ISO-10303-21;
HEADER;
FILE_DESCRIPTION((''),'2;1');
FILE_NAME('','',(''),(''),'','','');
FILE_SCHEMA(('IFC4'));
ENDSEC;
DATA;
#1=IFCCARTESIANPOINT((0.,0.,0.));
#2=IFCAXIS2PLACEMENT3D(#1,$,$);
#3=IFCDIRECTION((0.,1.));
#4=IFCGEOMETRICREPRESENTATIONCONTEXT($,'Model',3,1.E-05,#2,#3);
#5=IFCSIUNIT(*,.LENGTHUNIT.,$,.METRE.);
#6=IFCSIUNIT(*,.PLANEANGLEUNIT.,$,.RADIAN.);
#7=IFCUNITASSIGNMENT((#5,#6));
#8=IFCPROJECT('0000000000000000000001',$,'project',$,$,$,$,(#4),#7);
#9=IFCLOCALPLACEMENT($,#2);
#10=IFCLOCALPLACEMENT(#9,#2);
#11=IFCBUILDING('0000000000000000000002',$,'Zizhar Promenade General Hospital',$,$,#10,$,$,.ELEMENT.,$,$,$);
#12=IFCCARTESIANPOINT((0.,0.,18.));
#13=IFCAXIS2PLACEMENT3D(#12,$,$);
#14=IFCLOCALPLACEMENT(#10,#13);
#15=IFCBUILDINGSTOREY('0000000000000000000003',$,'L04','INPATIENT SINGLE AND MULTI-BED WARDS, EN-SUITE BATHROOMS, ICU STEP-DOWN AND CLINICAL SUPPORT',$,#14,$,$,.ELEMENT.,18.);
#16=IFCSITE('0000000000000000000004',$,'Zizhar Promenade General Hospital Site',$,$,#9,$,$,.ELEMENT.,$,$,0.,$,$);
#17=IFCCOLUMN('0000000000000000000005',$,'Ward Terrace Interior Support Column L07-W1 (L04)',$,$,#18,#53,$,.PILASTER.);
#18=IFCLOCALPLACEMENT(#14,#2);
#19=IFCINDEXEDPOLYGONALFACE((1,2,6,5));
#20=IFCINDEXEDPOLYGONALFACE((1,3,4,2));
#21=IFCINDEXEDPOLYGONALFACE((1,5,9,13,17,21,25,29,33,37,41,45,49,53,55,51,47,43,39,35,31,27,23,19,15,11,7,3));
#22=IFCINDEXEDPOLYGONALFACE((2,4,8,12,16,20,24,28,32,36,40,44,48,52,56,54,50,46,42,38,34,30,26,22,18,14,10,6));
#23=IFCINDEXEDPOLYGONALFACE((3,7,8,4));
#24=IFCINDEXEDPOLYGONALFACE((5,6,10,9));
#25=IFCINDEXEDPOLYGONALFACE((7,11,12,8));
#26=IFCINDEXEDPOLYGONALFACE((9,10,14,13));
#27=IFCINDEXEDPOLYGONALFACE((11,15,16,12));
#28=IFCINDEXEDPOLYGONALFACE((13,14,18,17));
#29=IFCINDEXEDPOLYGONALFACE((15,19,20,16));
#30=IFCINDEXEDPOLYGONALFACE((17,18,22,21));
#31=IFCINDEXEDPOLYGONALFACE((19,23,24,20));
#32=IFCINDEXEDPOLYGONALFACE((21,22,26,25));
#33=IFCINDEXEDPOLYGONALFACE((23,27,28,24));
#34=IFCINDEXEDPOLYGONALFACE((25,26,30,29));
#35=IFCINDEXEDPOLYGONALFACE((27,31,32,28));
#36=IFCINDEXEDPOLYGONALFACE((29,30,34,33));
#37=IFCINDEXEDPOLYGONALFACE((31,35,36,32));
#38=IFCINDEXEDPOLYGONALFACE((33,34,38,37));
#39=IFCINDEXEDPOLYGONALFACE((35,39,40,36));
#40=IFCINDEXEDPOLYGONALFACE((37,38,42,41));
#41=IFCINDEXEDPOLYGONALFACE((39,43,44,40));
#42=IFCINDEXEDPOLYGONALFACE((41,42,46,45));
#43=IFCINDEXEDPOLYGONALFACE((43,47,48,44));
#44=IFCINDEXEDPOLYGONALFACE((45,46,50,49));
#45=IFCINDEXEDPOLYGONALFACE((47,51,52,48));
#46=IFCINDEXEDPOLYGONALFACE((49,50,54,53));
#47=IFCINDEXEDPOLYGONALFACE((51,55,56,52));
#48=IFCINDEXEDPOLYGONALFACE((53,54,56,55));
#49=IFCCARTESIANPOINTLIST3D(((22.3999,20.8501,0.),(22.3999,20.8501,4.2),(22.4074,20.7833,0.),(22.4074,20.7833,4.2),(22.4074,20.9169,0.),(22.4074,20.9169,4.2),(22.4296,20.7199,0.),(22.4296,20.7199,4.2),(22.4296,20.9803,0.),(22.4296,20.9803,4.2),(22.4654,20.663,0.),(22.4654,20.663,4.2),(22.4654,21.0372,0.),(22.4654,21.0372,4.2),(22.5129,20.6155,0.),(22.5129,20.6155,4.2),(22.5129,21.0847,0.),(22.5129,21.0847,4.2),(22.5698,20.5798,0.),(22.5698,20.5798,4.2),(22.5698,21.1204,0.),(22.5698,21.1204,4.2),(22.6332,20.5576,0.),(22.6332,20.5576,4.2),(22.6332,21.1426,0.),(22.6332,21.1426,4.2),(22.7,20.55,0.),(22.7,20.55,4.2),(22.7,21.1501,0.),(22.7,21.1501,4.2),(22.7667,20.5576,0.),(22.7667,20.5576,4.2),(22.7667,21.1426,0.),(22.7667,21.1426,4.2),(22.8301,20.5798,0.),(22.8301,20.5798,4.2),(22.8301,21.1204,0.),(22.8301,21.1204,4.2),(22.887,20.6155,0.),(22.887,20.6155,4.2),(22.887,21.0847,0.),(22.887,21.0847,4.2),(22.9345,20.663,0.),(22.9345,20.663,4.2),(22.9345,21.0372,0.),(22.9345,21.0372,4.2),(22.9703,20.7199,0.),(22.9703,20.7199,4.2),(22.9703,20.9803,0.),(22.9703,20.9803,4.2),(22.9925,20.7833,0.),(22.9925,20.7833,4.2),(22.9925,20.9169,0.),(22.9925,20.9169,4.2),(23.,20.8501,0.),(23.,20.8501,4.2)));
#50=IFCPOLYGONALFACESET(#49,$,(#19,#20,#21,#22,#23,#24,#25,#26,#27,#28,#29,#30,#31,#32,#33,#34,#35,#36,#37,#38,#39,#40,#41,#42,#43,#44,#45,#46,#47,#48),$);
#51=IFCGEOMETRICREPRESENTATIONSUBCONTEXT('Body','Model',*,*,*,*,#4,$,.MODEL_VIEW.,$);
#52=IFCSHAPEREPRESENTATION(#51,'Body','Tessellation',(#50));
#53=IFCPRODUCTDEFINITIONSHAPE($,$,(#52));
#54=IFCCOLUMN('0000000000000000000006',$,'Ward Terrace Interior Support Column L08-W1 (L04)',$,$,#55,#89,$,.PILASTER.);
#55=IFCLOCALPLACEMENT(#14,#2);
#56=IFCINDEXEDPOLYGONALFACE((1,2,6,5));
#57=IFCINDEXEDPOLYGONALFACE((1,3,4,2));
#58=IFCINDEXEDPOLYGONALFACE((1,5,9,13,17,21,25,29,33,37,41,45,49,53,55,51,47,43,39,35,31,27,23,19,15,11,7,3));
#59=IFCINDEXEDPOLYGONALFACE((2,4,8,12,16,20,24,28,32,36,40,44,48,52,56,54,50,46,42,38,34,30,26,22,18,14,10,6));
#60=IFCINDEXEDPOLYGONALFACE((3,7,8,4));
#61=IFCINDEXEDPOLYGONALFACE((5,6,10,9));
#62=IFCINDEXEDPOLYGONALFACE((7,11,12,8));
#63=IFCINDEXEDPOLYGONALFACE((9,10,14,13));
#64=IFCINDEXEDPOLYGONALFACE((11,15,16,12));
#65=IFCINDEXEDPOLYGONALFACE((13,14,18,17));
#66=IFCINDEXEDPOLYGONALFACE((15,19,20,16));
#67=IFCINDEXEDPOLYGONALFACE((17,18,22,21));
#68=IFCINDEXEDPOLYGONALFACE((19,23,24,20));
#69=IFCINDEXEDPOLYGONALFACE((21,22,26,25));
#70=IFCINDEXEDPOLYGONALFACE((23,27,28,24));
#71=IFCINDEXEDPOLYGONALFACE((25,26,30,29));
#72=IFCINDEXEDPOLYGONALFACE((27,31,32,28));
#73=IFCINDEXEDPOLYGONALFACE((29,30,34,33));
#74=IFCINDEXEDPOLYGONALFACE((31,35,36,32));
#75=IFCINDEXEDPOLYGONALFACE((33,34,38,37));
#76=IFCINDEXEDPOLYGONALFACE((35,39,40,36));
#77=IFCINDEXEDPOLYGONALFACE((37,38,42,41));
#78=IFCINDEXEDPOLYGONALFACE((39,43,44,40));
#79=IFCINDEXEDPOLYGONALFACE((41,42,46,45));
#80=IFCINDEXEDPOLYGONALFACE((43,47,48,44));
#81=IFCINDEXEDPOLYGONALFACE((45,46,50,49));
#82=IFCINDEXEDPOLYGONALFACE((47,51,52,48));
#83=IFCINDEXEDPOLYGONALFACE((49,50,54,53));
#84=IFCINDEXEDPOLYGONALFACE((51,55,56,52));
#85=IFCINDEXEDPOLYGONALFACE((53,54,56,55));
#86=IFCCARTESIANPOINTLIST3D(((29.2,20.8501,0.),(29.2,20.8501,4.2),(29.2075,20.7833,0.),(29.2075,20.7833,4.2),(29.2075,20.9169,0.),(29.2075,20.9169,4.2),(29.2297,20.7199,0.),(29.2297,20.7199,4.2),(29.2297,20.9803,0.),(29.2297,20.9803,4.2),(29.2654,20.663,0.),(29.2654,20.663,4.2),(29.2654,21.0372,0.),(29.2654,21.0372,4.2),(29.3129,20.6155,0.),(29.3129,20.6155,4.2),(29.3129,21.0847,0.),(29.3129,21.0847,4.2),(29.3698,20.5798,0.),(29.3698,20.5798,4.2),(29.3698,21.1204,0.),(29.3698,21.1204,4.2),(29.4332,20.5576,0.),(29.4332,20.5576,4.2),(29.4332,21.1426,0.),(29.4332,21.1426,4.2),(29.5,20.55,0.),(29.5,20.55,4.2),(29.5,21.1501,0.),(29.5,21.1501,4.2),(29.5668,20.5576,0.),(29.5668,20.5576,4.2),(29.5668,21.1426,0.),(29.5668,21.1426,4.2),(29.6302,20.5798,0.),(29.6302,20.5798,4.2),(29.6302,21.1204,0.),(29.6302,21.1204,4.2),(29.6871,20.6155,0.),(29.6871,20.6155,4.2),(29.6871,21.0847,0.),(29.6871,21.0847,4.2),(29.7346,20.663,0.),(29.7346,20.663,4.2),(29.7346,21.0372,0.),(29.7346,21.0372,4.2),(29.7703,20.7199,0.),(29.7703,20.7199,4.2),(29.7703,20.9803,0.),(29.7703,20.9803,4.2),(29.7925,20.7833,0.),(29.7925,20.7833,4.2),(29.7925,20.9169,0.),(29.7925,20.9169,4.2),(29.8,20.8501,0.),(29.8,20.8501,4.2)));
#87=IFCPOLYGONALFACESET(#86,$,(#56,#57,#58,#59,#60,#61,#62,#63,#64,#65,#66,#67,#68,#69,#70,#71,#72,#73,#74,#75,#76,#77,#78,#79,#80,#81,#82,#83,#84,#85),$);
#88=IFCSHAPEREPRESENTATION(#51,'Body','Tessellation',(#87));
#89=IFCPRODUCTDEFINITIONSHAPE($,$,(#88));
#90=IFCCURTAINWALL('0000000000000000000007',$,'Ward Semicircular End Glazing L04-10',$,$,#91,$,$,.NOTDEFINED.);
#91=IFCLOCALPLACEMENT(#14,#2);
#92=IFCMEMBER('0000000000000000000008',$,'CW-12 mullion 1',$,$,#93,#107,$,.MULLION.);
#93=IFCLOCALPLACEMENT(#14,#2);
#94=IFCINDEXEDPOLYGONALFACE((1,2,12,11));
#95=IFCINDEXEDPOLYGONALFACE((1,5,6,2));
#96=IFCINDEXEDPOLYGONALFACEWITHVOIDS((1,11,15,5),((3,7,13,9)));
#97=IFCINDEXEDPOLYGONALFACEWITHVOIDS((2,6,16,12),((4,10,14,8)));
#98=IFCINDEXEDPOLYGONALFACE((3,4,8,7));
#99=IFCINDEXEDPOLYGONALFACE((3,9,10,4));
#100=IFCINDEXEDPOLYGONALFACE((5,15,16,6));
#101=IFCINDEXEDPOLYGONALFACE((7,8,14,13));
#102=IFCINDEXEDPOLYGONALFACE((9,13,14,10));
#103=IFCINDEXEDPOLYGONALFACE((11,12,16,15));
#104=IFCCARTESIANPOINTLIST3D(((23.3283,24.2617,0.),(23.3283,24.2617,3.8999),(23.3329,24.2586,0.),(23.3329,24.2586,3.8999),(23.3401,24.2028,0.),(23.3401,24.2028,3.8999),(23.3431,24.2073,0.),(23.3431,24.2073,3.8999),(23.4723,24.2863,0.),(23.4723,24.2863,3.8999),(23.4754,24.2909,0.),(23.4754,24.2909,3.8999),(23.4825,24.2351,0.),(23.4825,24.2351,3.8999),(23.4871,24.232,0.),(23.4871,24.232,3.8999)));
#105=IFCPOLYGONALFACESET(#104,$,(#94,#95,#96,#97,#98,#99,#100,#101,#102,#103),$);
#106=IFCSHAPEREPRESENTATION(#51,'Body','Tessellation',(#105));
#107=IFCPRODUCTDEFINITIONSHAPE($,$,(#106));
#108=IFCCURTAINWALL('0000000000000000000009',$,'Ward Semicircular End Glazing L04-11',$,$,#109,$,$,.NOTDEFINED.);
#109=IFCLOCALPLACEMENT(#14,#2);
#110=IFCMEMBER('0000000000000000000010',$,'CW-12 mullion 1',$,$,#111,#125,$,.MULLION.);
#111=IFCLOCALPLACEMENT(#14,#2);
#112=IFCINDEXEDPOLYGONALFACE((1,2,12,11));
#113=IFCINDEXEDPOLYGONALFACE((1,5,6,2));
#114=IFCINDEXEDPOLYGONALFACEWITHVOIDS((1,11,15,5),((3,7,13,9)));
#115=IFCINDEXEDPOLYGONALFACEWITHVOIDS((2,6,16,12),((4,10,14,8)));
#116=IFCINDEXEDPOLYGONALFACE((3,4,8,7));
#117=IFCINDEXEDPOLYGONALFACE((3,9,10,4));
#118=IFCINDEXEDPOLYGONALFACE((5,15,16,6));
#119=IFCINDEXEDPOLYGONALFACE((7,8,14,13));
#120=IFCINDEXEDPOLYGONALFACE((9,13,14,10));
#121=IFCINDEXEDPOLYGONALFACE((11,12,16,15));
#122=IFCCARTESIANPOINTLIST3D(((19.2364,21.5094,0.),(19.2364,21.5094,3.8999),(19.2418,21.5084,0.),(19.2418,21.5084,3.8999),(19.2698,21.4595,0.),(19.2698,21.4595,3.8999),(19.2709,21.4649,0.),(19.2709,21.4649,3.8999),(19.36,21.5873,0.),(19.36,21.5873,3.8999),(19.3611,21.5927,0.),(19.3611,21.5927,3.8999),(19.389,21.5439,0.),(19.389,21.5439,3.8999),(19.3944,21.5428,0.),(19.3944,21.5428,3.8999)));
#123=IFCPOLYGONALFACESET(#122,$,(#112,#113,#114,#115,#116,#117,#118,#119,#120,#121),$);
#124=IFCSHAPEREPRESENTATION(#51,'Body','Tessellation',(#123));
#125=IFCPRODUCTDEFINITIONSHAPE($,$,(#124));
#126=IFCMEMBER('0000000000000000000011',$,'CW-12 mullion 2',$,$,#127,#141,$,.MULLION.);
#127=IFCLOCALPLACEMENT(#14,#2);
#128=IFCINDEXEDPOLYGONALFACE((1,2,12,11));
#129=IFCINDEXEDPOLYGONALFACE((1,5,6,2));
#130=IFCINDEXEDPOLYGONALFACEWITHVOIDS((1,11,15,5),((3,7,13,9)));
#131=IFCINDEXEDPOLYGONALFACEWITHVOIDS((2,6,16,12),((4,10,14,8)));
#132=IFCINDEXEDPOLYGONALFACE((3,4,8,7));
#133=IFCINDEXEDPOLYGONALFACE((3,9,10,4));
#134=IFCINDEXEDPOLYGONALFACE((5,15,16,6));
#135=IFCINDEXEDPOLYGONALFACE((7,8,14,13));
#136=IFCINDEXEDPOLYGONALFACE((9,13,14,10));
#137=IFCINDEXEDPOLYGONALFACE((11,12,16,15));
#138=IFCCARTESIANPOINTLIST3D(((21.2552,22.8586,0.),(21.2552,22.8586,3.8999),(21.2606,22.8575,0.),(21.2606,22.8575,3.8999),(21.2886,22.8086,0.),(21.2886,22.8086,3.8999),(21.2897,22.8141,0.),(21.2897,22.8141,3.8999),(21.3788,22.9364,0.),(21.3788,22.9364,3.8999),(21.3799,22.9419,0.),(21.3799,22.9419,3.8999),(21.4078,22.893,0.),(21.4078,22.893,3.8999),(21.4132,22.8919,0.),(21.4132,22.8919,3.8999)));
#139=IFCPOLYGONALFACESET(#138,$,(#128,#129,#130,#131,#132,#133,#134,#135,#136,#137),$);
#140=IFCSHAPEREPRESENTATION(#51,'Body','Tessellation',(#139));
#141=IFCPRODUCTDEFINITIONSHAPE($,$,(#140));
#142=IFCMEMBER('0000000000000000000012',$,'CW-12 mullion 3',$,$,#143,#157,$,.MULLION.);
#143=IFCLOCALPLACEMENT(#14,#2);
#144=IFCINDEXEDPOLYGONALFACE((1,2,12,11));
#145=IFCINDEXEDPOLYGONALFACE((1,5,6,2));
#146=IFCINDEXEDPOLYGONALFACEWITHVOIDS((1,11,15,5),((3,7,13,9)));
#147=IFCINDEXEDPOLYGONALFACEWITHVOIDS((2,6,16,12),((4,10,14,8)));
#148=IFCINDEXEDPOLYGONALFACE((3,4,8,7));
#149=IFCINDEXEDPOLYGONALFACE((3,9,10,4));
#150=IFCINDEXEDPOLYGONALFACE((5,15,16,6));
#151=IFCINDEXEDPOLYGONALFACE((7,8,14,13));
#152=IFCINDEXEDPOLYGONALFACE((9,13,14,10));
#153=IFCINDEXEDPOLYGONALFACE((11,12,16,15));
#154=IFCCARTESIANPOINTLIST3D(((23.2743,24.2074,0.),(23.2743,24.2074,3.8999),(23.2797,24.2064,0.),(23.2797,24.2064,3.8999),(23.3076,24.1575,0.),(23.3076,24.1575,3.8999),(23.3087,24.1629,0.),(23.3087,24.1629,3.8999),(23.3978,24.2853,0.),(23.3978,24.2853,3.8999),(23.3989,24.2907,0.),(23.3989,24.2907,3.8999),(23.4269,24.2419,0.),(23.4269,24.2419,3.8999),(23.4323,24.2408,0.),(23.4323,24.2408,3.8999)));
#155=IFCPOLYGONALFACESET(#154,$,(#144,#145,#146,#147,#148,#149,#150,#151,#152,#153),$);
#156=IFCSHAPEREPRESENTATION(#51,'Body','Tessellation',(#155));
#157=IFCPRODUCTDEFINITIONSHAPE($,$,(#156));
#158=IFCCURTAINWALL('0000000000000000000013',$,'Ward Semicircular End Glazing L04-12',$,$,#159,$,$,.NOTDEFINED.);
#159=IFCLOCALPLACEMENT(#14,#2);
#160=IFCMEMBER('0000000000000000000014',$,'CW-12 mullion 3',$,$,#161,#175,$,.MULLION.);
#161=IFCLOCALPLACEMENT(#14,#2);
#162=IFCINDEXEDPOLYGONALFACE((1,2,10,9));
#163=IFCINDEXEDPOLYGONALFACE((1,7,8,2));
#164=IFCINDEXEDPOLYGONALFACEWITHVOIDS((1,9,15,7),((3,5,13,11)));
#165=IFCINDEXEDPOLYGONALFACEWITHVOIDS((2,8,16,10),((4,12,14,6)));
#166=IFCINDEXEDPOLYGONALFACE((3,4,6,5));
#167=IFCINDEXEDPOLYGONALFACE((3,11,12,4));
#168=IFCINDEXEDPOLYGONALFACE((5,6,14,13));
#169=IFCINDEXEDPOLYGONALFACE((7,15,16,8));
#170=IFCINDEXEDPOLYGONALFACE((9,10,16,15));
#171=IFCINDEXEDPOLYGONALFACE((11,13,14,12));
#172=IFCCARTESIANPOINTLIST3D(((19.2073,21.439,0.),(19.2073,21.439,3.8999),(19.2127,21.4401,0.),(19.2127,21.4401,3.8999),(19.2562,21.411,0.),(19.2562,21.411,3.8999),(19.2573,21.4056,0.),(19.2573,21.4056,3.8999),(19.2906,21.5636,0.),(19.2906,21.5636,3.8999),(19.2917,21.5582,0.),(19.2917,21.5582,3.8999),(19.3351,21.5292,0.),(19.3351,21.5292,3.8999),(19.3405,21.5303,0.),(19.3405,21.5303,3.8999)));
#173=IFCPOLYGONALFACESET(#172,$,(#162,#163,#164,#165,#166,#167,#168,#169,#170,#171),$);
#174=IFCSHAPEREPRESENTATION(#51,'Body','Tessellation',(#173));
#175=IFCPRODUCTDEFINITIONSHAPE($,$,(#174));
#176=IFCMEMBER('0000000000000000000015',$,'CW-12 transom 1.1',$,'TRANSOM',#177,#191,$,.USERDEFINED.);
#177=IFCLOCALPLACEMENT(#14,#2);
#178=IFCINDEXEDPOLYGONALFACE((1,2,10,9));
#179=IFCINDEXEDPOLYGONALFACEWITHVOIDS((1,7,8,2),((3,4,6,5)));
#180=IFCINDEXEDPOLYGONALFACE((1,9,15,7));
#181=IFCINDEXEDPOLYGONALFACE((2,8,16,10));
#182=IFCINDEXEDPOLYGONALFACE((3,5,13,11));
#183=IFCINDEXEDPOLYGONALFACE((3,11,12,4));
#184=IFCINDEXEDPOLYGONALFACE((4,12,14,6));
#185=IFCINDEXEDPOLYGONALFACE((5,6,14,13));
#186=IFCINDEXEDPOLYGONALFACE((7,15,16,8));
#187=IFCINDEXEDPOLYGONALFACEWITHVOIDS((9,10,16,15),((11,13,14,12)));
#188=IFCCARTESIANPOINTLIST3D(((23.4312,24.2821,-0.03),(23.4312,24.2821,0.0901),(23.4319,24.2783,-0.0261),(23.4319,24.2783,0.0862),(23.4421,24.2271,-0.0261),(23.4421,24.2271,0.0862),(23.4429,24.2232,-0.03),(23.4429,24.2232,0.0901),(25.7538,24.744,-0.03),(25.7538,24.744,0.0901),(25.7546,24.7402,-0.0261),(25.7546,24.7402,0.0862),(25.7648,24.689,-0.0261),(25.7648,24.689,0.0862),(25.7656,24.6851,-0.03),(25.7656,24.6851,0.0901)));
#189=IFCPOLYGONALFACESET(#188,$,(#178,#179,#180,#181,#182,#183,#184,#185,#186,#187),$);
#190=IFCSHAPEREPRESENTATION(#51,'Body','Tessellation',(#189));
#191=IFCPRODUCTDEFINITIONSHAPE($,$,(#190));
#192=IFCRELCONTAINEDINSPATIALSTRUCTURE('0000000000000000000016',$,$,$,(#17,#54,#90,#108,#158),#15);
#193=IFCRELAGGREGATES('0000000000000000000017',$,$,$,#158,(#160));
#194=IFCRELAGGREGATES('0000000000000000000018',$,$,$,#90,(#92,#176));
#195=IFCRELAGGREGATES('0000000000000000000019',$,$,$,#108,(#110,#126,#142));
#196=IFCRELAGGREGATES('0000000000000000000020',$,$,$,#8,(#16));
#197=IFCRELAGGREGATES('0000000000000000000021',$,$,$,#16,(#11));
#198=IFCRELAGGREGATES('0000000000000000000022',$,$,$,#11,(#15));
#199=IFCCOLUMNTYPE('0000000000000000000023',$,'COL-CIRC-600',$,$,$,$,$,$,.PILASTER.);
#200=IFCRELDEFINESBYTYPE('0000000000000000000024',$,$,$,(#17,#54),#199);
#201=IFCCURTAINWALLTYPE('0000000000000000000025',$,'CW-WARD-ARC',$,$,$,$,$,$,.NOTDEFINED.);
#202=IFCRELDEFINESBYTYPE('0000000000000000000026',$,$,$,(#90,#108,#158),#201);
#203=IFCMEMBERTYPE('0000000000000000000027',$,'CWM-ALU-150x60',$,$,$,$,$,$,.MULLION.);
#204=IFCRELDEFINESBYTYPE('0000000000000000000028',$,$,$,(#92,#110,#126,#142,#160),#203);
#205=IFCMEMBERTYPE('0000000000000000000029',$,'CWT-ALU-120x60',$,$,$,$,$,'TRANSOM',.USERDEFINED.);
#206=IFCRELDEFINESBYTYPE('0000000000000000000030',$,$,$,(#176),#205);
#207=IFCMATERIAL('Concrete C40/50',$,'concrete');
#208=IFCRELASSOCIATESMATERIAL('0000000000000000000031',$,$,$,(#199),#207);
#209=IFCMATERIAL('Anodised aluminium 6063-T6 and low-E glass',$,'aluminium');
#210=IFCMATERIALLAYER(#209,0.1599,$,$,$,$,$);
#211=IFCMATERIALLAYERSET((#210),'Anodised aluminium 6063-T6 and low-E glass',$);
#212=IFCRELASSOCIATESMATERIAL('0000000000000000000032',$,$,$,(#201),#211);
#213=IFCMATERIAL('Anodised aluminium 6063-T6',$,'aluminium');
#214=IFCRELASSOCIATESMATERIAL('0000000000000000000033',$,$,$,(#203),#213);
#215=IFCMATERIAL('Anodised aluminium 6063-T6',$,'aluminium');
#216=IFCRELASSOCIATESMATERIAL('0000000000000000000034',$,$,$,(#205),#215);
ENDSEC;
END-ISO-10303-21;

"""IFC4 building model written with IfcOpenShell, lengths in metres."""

from ifc_helpers import new_model, si_unit, direction, frame, origin, origin_2d, place, context, subcontext, project, spatial, hollow_rectangle, circle, extrude, material, layer, layer_set, material_profile, profile_set, type_object, element, aggregate, save


model = new_model("IFC4")

# Units and contexts
model_context = context("Model", 3, precision=1e-05, world=origin(), true_north=direction((0.0, 1.0)))
body_context = subcontext(model_context, "Body", "Model", "MODEL_VIEW")
ifc_project = project(units=[si_unit("LENGTHUNIT", "METRE"), si_unit("PLANEANGLEUNIT", "RADIAN")], contexts=[model_context])

# Site, building, storey
site_placement = place(None, origin())
site = spatial("IfcSite", under=ifc_project, at=site_placement, Name="Zizhar Promenade General Hospital Site", CompositionType="ELEMENT", RefElevation=0.0)
building_placement = place(site_placement, origin())
building = spatial("IfcBuilding", under=site, at=building_placement, Name="Zizhar Promenade General Hospital", CompositionType="ELEMENT")
storey_placement = place(building_placement, frame((0.0, 0.0, 18.0)))
storey = spatial("IfcBuildingStorey", under=building, at=storey_placement, Name="L04", Description="INPATIENT SINGLE AND MULTI-BED WARDS, EN-SUITE BATHROOMS, ICU STEP-DOWN AND CLINICAL SUPPORT", CompositionType="ELEMENT", Elevation=18.0)

# Columns
ifc_material_1 = material(Name="Concrete C40/50", Category="concrete")
ifc_material_profile_1 = material_profile(ifc_material_1, circle(Radius=0.3, at=origin_2d()))
ifc_profile_set_1 = profile_set([ifc_material_profile_1], Name="Concrete C40/50")
column_type = type_object("IfcColumnType", Name="COL-CIRC-600", PredefinedType="PILASTER", material=ifc_profile_set_1)
for number, where, z_axis, x_axis, name in (
    (1, (22.7, 20.8501, 0.0), (0.0, 0.0, 1.0), (1.0, 0.0, 0.0), "Ward Terrace Interior Support Column L07-W1 (L04)"),
    (2, (29.5, 20.8501, 0.0), (0.0, 0.0, 1.0), (1.0, 0.0, 0.0), "Ward Terrace Interior Support Column L08-W1 (L04)"),
):
    element("IfcColumn", number, at=place(storey_placement, frame(where, z_axis=z_axis, x_axis=x_axis)), inside=storey, type_object=column_type, Name=name, PredefinedType="PILASTER", context=body_context, shape_type="SweptSolid", body=[
        extrude(circle(Radius=0.3, at=origin_2d()), origin(), (0.0, 0.0, 1.0), 4.2),
    ])

# Curtain wall, member
ifc_material_2 = material(Name="Anodised aluminium 6063-T6 and low-E glass", Category="aluminium")
ifc_layer_1 = layer(ifc_material_2, 0.1599)
ifc_layer_set_1 = layer_set([ifc_layer_1], Name="Anodised aluminium 6063-T6 and low-E glass")
curtain_wall_type = type_object("IfcCurtainWallType", Name="CW-WARD-ARC", PredefinedType="NOTDEFINED", material=ifc_layer_set_1)
curtain_wall_1_placement = place(storey_placement, origin())
curtain_wall_1 = element("IfcCurtainWall", 3, at=curtain_wall_1_placement, inside=storey, type_object=curtain_wall_type, Name="Ward Semicircular End Glazing L04-10", PredefinedType="NOTDEFINED")
ifc_material_3 = material(Name="Anodised aluminium 6063-T6", Category="aluminium")
ifc_material_profile_2 = material_profile(ifc_material_3, hollow_rectangle(XDim=0.0601, YDim=0.1499, WallThickness=0.0039, at=origin_2d()))
ifc_profile_set_2 = profile_set([ifc_material_profile_2], Name="Anodised aluminium 6063-T6")
member_type_1 = type_object("IfcMemberType", Name="CWM-ALU-150x60", PredefinedType="MULLION", material=ifc_profile_set_2)
member_1_placement = place(storey_placement, frame((23.4077, 24.2468, 0.0), z_axis=(0.0, 0.0, 1.0), x_axis=(-0.195087, 0.980786, 0.0)))
member_1 = element("IfcMember", 4, at=member_1_placement, type_object=member_type_1, Name="CW-12 mullion 1", PredefinedType="MULLION", context=body_context, shape_type="SweptSolid", body=[
    extrude(hollow_rectangle(XDim=0.0601, YDim=0.1499, WallThickness=0.0039, at=origin_2d()), origin(), (0.0, 0.0, 1.0), 3.8999),
])

# Curtain wall, members
curtain_wall_2_placement = place(storey_placement, origin())
curtain_wall_2 = element("IfcCurtainWall", 5, at=curtain_wall_2_placement, inside=storey, type_object=curtain_wall_type, Name="Ward Semicircular End Glazing L04-11", PredefinedType="NOTDEFINED")
member_2_placement = place(storey_placement, frame((19.3154, 21.5261, 0.0), z_axis=(0.0, 0.0, 1.0), x_axis=(-0.555582, 0.831462, 0.0)))
member_2 = element("IfcMember", 6, at=member_2_placement, type_object=member_type_1, Name="CW-12 mullion 1", PredefinedType="MULLION", context=body_context, shape_type="SweptSolid", body=[
    extrude(hollow_rectangle(XDim=0.0601, YDim=0.1499, WallThickness=0.0039, at=origin_2d()), origin(), (0.0, 0.0, 1.0), 3.8999),
])
member_3_placement = place(storey_placement, frame((21.3342, 22.8752, 0.0), z_axis=(0.0, 0.0, 1.0), x_axis=(-0.555582, 0.831462, 0.0)))
member_3 = element("IfcMember", 7, at=member_3_placement, type_object=member_type_1, Name="CW-12 mullion 2", PredefinedType="MULLION", context=body_context, shape_type="SweptSolid", body=[
    extrude(hollow_rectangle(XDim=0.0601, YDim=0.1499, WallThickness=0.0039, at=origin_2d()), origin(), (0.0, 0.0, 1.0), 3.8999),
])
member_4_placement = place(storey_placement, frame((23.3533, 24.2241, 0.0), z_axis=(0.0, 0.0, 1.0), x_axis=(-0.555582, 0.831462, 0.0)))
member_4 = element("IfcMember", 8, at=member_4_placement, type_object=member_type_1, Name="CW-12 mullion 3", PredefinedType="MULLION", context=body_context, shape_type="SweptSolid", body=[
    extrude(hollow_rectangle(XDim=0.0601, YDim=0.1499, WallThickness=0.0039, at=origin_2d()), origin(), (0.0, 0.0, 1.0), 3.8999),
])

# Curtain wall, member
curtain_wall_3_placement = place(storey_placement, origin())
curtain_wall_3 = element("IfcCurtainWall", 9, at=curtain_wall_3_placement, inside=storey, type_object=curtain_wall_type, Name="Ward Semicircular End Glazing L04-12", PredefinedType="NOTDEFINED")
member_5_placement = place(storey_placement, frame((19.2739, 21.4846, 0.0), z_axis=(0.0, 0.0, 1.0), x_axis=(-0.831462, 0.555582, 0.0)))
member_5 = element("IfcMember", 10, at=member_5_placement, type_object=member_type_1, Name="CW-12 mullion 3", PredefinedType="MULLION", context=body_context, shape_type="SweptSolid", body=[
    extrude(hollow_rectangle(XDim=0.0601, YDim=0.1499, WallThickness=0.0039, at=origin_2d()), origin(), (0.0, 0.0, 1.0), 3.8999),
])
aggregate(curtain_wall_3, [member_5])

# Member
ifc_material_4 = material(Name="Anodised aluminium 6063-T6", Category="aluminium")
ifc_material_profile_3 = material_profile(ifc_material_4, hollow_rectangle(XDim=0.0601, YDim=0.1201, WallThickness=0.0039, at=origin_2d()))
ifc_profile_set_3 = profile_set([ifc_material_profile_3], Name="Anodised aluminium 6063-T6")
member_type_2 = type_object("IfcMemberType", Name="CWT-ALU-120x60", ElementType="TRANSOM", PredefinedType="USERDEFINED", material=ifc_profile_set_3)
member_6_placement = place(storey_placement, frame((23.437, 24.2527, 0.03), z_axis=(0.980794, 0.195045, 0.0), x_axis=(-0.195045, 0.980794, 0.0)))
member_6 = element("IfcMember", 11, at=member_6_placement, type_object=member_type_2, Name="CW-12 transom 1.1", ObjectType="TRANSOM", PredefinedType="USERDEFINED", context=body_context, shape_type="SweptSolid", body=[
    extrude(hollow_rectangle(XDim=0.0601, YDim=0.1201, WallThickness=0.0039, at=origin_2d()), origin(), (0.0, 0.0, 1.0), 2.3682),
])
aggregate(curtain_wall_1, [member_1, member_6])

aggregate(curtain_wall_2, [member_2, member_3, member_4])

save(model, "model.ifc")
